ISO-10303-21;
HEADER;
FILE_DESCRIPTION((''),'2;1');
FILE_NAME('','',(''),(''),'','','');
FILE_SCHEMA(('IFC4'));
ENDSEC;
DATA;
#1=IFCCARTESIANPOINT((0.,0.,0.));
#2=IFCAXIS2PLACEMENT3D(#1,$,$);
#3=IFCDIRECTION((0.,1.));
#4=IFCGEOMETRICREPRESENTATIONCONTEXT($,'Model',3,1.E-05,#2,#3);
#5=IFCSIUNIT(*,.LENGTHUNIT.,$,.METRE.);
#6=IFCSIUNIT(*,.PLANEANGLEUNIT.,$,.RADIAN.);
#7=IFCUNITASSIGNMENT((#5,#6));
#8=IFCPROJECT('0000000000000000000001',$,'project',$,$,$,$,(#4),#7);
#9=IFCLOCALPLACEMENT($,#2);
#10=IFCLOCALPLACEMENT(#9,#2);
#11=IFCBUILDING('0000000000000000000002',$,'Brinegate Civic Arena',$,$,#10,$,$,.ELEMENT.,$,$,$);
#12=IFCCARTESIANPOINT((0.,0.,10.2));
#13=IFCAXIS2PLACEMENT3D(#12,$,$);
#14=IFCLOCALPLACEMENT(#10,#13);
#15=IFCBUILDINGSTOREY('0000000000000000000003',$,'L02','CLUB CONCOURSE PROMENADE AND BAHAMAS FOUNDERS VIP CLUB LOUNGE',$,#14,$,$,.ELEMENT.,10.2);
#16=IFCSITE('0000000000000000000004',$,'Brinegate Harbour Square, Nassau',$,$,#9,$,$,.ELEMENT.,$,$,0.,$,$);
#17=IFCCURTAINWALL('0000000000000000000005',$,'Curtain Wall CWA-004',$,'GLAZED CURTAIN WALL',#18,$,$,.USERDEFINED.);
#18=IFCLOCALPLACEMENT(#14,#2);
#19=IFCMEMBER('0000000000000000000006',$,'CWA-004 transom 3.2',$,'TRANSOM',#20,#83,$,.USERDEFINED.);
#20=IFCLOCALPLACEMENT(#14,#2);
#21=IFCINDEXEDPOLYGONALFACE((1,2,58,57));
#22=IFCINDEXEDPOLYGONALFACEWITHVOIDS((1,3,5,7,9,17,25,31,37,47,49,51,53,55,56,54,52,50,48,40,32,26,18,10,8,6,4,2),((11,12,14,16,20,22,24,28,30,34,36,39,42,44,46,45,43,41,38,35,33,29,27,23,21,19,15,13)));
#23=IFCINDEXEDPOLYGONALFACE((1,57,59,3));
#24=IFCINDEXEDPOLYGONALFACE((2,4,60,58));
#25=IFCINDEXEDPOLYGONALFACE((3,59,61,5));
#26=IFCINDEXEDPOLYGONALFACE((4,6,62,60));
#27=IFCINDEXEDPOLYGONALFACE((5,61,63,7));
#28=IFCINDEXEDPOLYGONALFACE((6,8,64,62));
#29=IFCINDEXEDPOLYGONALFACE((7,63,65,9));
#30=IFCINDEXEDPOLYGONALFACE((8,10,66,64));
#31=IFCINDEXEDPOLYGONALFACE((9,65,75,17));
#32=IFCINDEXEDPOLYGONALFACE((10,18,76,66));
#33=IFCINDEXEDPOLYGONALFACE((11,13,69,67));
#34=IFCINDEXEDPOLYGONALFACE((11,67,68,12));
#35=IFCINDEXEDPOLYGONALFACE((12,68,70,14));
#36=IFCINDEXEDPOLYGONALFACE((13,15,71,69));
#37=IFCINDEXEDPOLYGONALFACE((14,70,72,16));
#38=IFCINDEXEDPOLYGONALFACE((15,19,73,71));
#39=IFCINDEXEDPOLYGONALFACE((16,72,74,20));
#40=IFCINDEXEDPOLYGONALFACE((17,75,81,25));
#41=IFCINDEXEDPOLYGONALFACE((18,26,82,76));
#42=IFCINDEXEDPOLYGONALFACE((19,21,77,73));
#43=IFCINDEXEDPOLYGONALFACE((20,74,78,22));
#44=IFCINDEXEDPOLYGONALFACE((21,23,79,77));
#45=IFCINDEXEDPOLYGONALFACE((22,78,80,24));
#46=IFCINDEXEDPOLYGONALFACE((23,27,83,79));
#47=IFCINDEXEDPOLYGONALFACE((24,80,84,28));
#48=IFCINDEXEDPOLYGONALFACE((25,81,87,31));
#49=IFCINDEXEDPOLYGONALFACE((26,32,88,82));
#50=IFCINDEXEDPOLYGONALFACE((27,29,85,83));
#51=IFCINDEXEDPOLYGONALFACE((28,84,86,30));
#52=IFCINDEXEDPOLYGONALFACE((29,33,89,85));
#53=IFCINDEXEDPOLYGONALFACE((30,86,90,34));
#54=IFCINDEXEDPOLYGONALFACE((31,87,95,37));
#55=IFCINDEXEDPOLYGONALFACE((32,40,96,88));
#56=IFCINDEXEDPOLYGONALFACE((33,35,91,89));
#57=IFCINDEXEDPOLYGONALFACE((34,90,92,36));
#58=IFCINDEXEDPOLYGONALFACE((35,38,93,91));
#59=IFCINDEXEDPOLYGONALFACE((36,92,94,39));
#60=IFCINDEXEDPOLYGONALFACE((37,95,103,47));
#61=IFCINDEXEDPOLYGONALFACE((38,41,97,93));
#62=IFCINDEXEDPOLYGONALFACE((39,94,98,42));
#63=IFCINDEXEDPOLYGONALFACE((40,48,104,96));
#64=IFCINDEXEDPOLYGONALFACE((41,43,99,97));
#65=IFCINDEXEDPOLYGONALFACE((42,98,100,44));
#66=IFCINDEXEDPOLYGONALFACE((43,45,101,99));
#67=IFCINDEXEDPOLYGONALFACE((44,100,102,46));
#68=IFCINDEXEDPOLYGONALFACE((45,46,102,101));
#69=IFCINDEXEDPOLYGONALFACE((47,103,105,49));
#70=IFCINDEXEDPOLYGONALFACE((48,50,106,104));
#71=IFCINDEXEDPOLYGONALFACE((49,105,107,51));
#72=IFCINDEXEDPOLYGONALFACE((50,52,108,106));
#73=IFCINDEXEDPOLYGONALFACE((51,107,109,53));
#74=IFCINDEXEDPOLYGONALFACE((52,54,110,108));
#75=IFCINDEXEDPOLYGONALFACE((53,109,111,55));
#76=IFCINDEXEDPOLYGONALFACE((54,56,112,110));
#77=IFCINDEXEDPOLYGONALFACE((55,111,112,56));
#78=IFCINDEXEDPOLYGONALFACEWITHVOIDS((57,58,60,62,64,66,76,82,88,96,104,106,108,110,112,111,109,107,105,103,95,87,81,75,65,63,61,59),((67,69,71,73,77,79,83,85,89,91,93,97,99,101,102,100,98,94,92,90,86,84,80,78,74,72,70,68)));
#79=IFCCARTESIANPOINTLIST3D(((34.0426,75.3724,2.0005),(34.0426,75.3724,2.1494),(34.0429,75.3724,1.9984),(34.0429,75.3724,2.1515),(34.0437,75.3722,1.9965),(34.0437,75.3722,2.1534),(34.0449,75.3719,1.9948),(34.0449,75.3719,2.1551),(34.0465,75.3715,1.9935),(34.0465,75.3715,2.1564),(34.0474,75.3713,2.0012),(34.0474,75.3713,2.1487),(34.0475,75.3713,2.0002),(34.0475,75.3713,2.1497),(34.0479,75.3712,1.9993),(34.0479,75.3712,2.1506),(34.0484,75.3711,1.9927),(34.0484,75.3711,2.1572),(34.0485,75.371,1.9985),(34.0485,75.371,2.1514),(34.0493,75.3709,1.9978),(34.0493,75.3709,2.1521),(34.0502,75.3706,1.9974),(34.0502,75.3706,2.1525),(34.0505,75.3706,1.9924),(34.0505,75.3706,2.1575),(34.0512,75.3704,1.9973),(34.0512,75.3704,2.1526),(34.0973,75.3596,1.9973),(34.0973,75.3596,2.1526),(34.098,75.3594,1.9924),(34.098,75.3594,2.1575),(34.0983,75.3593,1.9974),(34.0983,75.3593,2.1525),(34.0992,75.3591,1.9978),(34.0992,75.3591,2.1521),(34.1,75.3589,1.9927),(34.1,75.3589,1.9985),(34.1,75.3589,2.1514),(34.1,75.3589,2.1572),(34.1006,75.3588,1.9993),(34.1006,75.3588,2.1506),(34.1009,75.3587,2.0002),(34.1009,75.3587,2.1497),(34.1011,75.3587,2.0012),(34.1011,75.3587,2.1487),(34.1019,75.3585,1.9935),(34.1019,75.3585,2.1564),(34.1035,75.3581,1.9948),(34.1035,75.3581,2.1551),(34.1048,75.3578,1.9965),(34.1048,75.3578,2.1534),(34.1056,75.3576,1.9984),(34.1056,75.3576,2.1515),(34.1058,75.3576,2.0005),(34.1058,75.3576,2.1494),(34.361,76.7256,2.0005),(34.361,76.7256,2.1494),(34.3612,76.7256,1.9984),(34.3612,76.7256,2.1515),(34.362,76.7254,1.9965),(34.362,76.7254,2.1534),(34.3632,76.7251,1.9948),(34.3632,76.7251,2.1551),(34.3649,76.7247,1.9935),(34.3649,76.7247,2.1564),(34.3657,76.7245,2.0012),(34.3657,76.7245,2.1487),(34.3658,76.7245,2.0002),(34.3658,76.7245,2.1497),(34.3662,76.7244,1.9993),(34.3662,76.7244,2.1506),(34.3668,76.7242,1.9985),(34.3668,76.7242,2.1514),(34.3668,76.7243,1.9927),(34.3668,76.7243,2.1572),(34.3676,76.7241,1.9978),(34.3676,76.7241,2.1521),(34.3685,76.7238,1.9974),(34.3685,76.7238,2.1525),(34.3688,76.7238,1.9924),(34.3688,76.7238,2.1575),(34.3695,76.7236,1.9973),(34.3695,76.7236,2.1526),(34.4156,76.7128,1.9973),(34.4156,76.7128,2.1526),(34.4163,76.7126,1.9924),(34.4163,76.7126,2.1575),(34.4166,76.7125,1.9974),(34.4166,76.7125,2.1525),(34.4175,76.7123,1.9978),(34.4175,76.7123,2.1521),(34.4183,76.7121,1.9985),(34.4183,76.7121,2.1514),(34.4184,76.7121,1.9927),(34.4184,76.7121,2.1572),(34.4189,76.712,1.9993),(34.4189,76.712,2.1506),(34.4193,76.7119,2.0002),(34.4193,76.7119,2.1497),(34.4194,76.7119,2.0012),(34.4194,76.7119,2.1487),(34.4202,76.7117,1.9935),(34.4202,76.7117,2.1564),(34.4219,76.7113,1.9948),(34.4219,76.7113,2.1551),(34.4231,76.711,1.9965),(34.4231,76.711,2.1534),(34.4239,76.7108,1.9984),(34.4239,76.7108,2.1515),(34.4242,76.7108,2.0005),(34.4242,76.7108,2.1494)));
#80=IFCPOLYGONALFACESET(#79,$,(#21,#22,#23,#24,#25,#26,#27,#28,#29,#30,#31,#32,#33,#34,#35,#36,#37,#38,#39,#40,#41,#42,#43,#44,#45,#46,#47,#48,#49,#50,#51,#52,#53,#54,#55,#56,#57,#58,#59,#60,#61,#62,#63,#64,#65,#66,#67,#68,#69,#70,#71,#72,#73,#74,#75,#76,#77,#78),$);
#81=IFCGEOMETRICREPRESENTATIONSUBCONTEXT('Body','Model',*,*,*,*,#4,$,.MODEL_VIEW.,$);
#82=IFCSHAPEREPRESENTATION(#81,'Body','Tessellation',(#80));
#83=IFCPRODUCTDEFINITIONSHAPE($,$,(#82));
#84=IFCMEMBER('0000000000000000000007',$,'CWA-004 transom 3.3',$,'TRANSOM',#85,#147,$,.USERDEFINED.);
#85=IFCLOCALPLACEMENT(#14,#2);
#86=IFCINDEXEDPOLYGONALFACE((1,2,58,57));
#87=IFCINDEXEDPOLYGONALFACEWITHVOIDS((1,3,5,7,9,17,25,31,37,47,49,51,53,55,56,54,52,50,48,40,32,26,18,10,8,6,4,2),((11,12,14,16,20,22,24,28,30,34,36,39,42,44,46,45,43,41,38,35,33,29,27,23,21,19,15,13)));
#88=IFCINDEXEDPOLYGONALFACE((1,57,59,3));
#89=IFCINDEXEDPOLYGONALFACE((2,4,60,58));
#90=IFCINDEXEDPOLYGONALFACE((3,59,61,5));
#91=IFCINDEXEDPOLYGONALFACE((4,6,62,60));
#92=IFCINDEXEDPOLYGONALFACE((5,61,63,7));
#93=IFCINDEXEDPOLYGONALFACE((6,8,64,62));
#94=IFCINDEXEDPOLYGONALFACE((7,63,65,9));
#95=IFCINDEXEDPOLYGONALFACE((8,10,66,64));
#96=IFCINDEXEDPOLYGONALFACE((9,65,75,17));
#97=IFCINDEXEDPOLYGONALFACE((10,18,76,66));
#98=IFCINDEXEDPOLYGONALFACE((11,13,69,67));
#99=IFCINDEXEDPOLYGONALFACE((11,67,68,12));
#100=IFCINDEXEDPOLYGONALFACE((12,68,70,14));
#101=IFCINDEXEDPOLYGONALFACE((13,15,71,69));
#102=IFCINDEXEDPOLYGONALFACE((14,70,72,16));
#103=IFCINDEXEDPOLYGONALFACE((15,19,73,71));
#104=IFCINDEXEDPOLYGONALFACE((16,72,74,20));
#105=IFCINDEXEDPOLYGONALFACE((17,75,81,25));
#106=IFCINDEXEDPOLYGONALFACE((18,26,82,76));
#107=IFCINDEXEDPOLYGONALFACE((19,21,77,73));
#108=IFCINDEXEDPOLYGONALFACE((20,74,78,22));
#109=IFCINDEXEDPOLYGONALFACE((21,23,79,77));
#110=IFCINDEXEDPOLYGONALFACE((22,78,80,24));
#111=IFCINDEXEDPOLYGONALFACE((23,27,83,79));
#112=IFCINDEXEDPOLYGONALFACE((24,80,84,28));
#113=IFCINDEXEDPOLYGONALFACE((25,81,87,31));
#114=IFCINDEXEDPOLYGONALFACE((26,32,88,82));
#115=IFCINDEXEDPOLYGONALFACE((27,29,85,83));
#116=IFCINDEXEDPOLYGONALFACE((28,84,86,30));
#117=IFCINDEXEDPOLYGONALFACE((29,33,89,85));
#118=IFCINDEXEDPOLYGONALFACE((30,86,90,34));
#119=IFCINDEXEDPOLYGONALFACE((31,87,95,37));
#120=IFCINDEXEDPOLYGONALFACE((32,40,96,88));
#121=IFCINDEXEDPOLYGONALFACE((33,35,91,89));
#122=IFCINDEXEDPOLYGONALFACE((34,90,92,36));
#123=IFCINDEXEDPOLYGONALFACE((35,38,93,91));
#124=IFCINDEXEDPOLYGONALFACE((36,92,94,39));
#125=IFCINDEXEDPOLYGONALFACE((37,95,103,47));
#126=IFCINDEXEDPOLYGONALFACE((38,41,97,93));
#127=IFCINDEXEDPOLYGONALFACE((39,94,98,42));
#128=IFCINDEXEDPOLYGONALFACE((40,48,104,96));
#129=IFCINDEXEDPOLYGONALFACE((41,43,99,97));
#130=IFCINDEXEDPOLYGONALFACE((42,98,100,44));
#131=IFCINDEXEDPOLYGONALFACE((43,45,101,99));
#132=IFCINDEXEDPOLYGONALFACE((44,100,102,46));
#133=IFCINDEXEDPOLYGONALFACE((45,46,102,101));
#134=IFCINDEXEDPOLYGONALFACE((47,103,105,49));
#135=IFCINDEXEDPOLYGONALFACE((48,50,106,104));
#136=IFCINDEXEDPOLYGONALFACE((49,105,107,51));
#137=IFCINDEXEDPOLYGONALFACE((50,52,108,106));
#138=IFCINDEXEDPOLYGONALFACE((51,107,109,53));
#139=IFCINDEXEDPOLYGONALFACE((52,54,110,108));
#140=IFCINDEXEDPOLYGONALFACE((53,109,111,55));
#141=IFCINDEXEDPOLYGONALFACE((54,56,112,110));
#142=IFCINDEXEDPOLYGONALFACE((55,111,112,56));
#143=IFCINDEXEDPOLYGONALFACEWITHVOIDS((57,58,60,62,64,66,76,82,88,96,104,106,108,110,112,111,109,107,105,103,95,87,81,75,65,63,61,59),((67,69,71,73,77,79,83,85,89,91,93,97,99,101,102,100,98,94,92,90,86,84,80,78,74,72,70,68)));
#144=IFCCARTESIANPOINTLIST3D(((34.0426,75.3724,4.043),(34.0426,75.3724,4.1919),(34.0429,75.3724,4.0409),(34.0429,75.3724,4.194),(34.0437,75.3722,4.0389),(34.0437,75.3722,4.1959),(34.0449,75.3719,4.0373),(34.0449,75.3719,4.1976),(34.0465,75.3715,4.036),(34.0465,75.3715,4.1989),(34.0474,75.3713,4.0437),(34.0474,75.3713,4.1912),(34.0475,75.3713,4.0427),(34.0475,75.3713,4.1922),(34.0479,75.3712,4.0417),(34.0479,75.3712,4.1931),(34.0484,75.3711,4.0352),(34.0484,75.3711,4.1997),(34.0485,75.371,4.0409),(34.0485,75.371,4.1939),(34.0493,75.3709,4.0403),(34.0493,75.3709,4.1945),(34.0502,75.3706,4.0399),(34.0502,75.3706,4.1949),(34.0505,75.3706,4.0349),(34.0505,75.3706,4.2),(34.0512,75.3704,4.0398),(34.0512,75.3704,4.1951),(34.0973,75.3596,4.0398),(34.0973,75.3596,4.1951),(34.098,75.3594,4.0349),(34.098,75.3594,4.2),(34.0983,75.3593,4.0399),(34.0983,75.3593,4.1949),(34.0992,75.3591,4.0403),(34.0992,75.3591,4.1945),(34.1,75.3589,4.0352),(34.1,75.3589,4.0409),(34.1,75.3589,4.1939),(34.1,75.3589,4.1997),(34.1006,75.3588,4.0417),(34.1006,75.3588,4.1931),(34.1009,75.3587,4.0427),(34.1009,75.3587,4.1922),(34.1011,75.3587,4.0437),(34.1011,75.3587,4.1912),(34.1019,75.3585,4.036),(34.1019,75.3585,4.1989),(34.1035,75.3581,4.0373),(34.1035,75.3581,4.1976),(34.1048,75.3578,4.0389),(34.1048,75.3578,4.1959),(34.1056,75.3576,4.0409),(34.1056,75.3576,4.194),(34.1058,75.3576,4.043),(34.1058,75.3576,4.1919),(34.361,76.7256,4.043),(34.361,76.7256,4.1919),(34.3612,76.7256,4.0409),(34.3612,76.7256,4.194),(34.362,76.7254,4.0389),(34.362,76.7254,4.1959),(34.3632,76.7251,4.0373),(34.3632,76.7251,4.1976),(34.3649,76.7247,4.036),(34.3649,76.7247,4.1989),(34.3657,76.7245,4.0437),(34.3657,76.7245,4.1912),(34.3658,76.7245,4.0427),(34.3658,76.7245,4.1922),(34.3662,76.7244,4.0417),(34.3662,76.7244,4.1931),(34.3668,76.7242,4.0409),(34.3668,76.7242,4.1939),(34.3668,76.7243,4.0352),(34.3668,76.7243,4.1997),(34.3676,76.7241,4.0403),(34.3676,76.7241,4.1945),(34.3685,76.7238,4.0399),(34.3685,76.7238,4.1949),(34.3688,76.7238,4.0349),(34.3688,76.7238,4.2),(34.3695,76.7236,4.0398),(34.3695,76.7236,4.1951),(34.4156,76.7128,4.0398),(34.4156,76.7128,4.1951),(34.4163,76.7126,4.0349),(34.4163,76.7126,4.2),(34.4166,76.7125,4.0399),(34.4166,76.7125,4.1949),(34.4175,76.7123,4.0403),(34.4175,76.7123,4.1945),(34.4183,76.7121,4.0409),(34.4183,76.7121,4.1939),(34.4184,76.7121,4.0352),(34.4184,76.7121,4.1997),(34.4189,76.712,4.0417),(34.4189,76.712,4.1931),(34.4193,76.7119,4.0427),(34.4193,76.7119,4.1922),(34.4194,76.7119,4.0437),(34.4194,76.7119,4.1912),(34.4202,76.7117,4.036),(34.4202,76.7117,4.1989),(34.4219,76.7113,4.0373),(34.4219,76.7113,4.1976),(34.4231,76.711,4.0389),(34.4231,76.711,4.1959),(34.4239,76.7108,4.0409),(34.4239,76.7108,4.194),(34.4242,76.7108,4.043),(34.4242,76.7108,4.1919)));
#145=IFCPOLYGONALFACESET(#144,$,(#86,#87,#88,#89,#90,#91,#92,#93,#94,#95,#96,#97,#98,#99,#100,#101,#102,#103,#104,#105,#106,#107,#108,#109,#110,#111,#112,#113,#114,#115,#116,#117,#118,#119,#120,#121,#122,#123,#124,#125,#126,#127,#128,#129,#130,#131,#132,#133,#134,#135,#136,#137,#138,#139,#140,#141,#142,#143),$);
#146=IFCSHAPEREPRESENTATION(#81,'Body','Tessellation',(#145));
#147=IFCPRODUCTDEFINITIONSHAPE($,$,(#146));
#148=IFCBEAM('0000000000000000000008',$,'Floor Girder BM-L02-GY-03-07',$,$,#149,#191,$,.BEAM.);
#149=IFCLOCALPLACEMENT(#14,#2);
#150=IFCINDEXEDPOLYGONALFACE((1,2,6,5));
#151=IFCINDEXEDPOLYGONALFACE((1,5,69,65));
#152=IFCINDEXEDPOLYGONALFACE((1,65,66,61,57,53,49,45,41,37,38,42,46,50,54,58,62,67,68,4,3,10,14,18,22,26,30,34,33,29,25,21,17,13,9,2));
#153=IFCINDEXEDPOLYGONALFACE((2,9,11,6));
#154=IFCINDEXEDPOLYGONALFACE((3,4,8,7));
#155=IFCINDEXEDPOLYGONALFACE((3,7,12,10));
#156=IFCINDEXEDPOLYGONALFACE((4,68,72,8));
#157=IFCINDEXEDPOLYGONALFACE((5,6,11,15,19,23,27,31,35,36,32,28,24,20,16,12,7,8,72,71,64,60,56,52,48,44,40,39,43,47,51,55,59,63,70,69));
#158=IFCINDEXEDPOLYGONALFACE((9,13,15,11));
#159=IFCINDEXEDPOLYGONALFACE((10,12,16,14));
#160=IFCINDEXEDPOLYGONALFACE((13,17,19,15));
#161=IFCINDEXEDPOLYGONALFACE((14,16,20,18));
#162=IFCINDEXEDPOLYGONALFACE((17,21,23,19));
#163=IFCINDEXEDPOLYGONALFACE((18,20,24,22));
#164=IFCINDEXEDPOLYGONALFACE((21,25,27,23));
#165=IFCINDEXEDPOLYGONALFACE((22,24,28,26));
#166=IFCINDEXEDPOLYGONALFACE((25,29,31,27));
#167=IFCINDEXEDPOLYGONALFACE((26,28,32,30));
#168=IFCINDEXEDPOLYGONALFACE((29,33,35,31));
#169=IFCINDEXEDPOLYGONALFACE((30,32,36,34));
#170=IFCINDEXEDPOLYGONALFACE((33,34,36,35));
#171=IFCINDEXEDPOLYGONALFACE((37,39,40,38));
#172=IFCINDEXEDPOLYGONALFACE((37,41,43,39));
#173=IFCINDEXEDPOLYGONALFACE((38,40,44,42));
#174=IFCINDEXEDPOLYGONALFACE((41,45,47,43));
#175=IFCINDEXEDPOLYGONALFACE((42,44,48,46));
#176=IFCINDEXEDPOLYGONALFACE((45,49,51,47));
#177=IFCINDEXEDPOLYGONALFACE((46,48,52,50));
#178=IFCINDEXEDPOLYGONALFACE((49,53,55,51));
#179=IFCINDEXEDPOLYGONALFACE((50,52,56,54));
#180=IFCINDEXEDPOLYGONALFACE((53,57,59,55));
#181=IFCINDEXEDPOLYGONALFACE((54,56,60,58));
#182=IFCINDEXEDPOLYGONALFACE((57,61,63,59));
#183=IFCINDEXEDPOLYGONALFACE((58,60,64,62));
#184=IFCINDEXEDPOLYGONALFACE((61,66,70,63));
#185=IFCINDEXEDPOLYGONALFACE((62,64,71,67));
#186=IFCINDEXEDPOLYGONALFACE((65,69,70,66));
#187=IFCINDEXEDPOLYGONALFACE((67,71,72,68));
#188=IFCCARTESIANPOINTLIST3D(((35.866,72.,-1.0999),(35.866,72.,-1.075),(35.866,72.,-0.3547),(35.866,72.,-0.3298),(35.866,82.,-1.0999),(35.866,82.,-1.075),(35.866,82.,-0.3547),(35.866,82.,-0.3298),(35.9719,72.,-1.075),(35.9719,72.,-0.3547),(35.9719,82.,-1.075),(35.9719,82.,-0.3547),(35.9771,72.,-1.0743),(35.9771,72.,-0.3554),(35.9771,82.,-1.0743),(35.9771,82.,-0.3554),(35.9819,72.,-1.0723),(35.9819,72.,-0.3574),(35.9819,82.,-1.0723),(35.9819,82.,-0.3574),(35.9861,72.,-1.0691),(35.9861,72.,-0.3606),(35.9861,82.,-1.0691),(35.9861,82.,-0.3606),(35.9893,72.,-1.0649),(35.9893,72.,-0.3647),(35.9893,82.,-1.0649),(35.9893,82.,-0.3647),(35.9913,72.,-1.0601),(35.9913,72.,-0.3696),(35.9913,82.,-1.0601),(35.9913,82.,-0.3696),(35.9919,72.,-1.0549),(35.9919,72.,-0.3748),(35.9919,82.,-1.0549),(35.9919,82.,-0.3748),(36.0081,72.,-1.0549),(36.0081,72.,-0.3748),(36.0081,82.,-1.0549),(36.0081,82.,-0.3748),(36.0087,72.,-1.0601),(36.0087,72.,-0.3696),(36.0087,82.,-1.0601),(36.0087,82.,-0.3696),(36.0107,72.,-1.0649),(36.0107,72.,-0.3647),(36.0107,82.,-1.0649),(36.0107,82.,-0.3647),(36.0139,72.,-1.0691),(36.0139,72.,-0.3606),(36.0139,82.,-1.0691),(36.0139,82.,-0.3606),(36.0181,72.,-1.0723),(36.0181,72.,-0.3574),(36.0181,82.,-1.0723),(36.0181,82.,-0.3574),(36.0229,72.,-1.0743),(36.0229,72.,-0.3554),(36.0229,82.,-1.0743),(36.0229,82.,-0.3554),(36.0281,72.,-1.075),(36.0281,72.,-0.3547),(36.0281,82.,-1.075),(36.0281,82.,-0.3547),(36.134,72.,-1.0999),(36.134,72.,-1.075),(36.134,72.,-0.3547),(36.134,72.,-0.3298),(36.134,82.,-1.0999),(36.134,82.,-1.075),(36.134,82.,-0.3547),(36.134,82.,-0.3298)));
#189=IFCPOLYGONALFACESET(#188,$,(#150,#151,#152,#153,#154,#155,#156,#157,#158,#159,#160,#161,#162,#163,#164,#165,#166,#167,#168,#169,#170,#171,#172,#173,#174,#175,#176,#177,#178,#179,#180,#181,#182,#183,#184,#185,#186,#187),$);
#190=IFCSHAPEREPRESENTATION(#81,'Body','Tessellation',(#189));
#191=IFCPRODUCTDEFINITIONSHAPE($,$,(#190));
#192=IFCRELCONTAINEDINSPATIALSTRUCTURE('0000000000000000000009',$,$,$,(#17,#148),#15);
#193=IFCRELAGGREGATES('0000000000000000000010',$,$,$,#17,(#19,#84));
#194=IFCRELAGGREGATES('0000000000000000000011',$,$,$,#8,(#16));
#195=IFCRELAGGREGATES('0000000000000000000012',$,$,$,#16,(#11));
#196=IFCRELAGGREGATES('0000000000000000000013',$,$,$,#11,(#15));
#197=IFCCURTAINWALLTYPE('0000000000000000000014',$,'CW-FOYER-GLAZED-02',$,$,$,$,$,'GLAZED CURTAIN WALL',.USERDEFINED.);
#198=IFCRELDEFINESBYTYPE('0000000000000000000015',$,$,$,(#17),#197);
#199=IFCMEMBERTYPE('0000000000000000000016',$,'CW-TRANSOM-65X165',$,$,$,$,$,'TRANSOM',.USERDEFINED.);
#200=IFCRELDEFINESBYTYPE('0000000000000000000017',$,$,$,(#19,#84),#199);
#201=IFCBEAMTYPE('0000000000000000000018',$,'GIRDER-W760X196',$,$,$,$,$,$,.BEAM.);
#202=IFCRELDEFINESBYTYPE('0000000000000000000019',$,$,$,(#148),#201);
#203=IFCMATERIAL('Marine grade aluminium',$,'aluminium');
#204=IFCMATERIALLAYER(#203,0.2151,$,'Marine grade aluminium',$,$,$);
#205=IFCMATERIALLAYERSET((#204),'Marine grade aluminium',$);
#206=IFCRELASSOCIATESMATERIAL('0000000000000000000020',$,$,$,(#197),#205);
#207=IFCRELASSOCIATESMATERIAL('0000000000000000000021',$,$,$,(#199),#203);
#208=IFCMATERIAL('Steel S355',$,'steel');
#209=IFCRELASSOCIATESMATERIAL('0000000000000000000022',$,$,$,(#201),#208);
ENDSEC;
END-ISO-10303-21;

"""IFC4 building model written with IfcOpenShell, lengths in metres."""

from ifc_helpers import new_model, si_unit, direction, frame, origin, origin_2d, place, context, subcontext, project, spatial, hollow_rectangle, i_section, extrude, material, layer, layer_set, material_profile, profile_set, type_object, element, aggregate, save


model = new_model("IFC4")

# Units and contexts
model_context = context("Model", 3, precision=1e-05, world=origin(), true_north=direction((0.0, 1.0)))
body_context = subcontext(model_context, "Body", "Model", "MODEL_VIEW")
ifc_project = project(units=[si_unit("LENGTHUNIT", "METRE"), si_unit("PLANEANGLEUNIT", "RADIAN")], contexts=[model_context])

# Site, building, storey
site_placement = place(None, origin())
site = spatial("IfcSite", under=ifc_project, at=site_placement, Name="Brinegate Harbour Square, Nassau", CompositionType="ELEMENT", RefElevation=0.0)
building_placement = place(site_placement, origin())
building = spatial("IfcBuilding", under=site, at=building_placement, Name="Brinegate Civic Arena", CompositionType="ELEMENT")
storey_placement = place(building_placement, frame((0.0, 0.0, 10.2)))
storey = spatial("IfcBuildingStorey", under=building, at=storey_placement, Name="L02", Description="CLUB CONCOURSE PROMENADE AND BAHAMAS FOUNDERS VIP CLUB LOUNGE", CompositionType="ELEMENT", Elevation=10.2)

# Curtain wall
ifc_material_1 = material(Name="Marine grade aluminium", Category="aluminium")
ifc_layer_1 = layer(ifc_material_1, 0.2151, Name="Marine grade aluminium")
ifc_layer_set_1 = layer_set([ifc_layer_1], Name="Marine grade aluminium")
curtain_wall_type_1 = type_object("IfcCurtainWallType", Name="CW-FOYER-GLAZED-02", ElementType="GLAZED CURTAIN WALL", PredefinedType="USERDEFINED", material=ifc_layer_set_1)
curtain_wall_1_placement = place(storey_placement, origin())
curtain_wall_1 = element("IfcCurtainWall", 1, at=curtain_wall_1_placement, inside=storey, type_object=curtain_wall_type_1, Name="Curtain Wall CWA-004", ObjectType="GLAZED CURTAIN WALL", PredefinedType="USERDEFINED")

# Members
ifc_material_profile_1 = material_profile(ifc_material_1, hollow_rectangle(XDim=0.0649, YDim=0.165, WallThickness=0.0049, InnerFilletRadius=0.0039, OuterFilletRadius=0.0081, at=origin_2d()), Name="TRN65X165")
ifc_profile_set_1 = profile_set([ifc_material_profile_1], Name="Marine grade aluminium")
member_type_1 = type_object("IfcMemberType", Name="CW-TRANSOM-65X165", ElementType="TRANSOM", PredefinedType="USERDEFINED", material=ifc_profile_set_1)
member_1_placement = place(storey_placement, frame((34.0742, 75.365, 2.075), z_axis=(0.229, 0.973426, 0.0), x_axis=(-0.973426, 0.229, 0.0)))
member_1 = element("IfcMember", 2, at=member_1_placement, type_object=member_type_1, Name="CWA-004 transom 3.2", ObjectType="TRANSOM", PredefinedType="USERDEFINED", context=body_context, shape_type="SweptSolid", body=[
    extrude(hollow_rectangle(XDim=0.0649, YDim=0.165, WallThickness=0.0049, InnerFilletRadius=0.0039, OuterFilletRadius=0.0081, at=origin_2d()), origin(), (0.0, 0.0, 1.0), 1.3901),
])
member_2_placement = place(storey_placement, frame((34.0742, 75.365, 4.1174), z_axis=(0.229, 0.973426, 0.0), x_axis=(-0.973426, 0.229, 0.0)))
member_2 = element("IfcMember", 3, at=member_2_placement, type_object=member_type_1, Name="CWA-004 transom 3.3", ObjectType="TRANSOM", PredefinedType="USERDEFINED", context=body_context, shape_type="SweptSolid", body=[
    extrude(hollow_rectangle(XDim=0.0649, YDim=0.165, WallThickness=0.0049, InnerFilletRadius=0.0039, OuterFilletRadius=0.0081, at=origin_2d()), origin(), (0.0, 0.0, 1.0), 1.3901),
])

# Beam
ifc_material_2 = material(Name="Steel S355", Category="steel")
ifc_material_profile_2 = material_profile(ifc_material_2, i_section(OverallWidth=0.2681, OverallDepth=0.77, WebThickness=0.0161, FlangeThickness=0.0249, FilletRadius=0.02, at=origin_2d()), Name="W760X196")
ifc_profile_set_2 = profile_set([ifc_material_profile_2], Name="Steel S355")
beam_type_1 = type_object("IfcBeamType", Name="GIRDER-W760X196", PredefinedType="BEAM", material=ifc_profile_set_2)
beam_1_placement = place(storey_placement, frame((36.0, 72.0, -0.7148), z_axis=(0.0, 1.0, 0.0), x_axis=(-1.0, 0.0, 0.0)))
element("IfcBeam", 4, at=beam_1_placement, inside=storey, type_object=beam_type_1, Name="Floor Girder BM-L02-GY-03-07", PredefinedType="BEAM", context=body_context, shape_type="SweptSolid", body=[
    extrude(i_section(OverallWidth=0.2681, OverallDepth=0.77, WebThickness=0.0161, FlangeThickness=0.0249, FilletRadius=0.02, at=origin_2d()), origin(), (0.0, 0.0, 1.0), 10.0),
])

aggregate(curtain_wall_1, [member_1, member_2])

save(model, "model.ifc")
